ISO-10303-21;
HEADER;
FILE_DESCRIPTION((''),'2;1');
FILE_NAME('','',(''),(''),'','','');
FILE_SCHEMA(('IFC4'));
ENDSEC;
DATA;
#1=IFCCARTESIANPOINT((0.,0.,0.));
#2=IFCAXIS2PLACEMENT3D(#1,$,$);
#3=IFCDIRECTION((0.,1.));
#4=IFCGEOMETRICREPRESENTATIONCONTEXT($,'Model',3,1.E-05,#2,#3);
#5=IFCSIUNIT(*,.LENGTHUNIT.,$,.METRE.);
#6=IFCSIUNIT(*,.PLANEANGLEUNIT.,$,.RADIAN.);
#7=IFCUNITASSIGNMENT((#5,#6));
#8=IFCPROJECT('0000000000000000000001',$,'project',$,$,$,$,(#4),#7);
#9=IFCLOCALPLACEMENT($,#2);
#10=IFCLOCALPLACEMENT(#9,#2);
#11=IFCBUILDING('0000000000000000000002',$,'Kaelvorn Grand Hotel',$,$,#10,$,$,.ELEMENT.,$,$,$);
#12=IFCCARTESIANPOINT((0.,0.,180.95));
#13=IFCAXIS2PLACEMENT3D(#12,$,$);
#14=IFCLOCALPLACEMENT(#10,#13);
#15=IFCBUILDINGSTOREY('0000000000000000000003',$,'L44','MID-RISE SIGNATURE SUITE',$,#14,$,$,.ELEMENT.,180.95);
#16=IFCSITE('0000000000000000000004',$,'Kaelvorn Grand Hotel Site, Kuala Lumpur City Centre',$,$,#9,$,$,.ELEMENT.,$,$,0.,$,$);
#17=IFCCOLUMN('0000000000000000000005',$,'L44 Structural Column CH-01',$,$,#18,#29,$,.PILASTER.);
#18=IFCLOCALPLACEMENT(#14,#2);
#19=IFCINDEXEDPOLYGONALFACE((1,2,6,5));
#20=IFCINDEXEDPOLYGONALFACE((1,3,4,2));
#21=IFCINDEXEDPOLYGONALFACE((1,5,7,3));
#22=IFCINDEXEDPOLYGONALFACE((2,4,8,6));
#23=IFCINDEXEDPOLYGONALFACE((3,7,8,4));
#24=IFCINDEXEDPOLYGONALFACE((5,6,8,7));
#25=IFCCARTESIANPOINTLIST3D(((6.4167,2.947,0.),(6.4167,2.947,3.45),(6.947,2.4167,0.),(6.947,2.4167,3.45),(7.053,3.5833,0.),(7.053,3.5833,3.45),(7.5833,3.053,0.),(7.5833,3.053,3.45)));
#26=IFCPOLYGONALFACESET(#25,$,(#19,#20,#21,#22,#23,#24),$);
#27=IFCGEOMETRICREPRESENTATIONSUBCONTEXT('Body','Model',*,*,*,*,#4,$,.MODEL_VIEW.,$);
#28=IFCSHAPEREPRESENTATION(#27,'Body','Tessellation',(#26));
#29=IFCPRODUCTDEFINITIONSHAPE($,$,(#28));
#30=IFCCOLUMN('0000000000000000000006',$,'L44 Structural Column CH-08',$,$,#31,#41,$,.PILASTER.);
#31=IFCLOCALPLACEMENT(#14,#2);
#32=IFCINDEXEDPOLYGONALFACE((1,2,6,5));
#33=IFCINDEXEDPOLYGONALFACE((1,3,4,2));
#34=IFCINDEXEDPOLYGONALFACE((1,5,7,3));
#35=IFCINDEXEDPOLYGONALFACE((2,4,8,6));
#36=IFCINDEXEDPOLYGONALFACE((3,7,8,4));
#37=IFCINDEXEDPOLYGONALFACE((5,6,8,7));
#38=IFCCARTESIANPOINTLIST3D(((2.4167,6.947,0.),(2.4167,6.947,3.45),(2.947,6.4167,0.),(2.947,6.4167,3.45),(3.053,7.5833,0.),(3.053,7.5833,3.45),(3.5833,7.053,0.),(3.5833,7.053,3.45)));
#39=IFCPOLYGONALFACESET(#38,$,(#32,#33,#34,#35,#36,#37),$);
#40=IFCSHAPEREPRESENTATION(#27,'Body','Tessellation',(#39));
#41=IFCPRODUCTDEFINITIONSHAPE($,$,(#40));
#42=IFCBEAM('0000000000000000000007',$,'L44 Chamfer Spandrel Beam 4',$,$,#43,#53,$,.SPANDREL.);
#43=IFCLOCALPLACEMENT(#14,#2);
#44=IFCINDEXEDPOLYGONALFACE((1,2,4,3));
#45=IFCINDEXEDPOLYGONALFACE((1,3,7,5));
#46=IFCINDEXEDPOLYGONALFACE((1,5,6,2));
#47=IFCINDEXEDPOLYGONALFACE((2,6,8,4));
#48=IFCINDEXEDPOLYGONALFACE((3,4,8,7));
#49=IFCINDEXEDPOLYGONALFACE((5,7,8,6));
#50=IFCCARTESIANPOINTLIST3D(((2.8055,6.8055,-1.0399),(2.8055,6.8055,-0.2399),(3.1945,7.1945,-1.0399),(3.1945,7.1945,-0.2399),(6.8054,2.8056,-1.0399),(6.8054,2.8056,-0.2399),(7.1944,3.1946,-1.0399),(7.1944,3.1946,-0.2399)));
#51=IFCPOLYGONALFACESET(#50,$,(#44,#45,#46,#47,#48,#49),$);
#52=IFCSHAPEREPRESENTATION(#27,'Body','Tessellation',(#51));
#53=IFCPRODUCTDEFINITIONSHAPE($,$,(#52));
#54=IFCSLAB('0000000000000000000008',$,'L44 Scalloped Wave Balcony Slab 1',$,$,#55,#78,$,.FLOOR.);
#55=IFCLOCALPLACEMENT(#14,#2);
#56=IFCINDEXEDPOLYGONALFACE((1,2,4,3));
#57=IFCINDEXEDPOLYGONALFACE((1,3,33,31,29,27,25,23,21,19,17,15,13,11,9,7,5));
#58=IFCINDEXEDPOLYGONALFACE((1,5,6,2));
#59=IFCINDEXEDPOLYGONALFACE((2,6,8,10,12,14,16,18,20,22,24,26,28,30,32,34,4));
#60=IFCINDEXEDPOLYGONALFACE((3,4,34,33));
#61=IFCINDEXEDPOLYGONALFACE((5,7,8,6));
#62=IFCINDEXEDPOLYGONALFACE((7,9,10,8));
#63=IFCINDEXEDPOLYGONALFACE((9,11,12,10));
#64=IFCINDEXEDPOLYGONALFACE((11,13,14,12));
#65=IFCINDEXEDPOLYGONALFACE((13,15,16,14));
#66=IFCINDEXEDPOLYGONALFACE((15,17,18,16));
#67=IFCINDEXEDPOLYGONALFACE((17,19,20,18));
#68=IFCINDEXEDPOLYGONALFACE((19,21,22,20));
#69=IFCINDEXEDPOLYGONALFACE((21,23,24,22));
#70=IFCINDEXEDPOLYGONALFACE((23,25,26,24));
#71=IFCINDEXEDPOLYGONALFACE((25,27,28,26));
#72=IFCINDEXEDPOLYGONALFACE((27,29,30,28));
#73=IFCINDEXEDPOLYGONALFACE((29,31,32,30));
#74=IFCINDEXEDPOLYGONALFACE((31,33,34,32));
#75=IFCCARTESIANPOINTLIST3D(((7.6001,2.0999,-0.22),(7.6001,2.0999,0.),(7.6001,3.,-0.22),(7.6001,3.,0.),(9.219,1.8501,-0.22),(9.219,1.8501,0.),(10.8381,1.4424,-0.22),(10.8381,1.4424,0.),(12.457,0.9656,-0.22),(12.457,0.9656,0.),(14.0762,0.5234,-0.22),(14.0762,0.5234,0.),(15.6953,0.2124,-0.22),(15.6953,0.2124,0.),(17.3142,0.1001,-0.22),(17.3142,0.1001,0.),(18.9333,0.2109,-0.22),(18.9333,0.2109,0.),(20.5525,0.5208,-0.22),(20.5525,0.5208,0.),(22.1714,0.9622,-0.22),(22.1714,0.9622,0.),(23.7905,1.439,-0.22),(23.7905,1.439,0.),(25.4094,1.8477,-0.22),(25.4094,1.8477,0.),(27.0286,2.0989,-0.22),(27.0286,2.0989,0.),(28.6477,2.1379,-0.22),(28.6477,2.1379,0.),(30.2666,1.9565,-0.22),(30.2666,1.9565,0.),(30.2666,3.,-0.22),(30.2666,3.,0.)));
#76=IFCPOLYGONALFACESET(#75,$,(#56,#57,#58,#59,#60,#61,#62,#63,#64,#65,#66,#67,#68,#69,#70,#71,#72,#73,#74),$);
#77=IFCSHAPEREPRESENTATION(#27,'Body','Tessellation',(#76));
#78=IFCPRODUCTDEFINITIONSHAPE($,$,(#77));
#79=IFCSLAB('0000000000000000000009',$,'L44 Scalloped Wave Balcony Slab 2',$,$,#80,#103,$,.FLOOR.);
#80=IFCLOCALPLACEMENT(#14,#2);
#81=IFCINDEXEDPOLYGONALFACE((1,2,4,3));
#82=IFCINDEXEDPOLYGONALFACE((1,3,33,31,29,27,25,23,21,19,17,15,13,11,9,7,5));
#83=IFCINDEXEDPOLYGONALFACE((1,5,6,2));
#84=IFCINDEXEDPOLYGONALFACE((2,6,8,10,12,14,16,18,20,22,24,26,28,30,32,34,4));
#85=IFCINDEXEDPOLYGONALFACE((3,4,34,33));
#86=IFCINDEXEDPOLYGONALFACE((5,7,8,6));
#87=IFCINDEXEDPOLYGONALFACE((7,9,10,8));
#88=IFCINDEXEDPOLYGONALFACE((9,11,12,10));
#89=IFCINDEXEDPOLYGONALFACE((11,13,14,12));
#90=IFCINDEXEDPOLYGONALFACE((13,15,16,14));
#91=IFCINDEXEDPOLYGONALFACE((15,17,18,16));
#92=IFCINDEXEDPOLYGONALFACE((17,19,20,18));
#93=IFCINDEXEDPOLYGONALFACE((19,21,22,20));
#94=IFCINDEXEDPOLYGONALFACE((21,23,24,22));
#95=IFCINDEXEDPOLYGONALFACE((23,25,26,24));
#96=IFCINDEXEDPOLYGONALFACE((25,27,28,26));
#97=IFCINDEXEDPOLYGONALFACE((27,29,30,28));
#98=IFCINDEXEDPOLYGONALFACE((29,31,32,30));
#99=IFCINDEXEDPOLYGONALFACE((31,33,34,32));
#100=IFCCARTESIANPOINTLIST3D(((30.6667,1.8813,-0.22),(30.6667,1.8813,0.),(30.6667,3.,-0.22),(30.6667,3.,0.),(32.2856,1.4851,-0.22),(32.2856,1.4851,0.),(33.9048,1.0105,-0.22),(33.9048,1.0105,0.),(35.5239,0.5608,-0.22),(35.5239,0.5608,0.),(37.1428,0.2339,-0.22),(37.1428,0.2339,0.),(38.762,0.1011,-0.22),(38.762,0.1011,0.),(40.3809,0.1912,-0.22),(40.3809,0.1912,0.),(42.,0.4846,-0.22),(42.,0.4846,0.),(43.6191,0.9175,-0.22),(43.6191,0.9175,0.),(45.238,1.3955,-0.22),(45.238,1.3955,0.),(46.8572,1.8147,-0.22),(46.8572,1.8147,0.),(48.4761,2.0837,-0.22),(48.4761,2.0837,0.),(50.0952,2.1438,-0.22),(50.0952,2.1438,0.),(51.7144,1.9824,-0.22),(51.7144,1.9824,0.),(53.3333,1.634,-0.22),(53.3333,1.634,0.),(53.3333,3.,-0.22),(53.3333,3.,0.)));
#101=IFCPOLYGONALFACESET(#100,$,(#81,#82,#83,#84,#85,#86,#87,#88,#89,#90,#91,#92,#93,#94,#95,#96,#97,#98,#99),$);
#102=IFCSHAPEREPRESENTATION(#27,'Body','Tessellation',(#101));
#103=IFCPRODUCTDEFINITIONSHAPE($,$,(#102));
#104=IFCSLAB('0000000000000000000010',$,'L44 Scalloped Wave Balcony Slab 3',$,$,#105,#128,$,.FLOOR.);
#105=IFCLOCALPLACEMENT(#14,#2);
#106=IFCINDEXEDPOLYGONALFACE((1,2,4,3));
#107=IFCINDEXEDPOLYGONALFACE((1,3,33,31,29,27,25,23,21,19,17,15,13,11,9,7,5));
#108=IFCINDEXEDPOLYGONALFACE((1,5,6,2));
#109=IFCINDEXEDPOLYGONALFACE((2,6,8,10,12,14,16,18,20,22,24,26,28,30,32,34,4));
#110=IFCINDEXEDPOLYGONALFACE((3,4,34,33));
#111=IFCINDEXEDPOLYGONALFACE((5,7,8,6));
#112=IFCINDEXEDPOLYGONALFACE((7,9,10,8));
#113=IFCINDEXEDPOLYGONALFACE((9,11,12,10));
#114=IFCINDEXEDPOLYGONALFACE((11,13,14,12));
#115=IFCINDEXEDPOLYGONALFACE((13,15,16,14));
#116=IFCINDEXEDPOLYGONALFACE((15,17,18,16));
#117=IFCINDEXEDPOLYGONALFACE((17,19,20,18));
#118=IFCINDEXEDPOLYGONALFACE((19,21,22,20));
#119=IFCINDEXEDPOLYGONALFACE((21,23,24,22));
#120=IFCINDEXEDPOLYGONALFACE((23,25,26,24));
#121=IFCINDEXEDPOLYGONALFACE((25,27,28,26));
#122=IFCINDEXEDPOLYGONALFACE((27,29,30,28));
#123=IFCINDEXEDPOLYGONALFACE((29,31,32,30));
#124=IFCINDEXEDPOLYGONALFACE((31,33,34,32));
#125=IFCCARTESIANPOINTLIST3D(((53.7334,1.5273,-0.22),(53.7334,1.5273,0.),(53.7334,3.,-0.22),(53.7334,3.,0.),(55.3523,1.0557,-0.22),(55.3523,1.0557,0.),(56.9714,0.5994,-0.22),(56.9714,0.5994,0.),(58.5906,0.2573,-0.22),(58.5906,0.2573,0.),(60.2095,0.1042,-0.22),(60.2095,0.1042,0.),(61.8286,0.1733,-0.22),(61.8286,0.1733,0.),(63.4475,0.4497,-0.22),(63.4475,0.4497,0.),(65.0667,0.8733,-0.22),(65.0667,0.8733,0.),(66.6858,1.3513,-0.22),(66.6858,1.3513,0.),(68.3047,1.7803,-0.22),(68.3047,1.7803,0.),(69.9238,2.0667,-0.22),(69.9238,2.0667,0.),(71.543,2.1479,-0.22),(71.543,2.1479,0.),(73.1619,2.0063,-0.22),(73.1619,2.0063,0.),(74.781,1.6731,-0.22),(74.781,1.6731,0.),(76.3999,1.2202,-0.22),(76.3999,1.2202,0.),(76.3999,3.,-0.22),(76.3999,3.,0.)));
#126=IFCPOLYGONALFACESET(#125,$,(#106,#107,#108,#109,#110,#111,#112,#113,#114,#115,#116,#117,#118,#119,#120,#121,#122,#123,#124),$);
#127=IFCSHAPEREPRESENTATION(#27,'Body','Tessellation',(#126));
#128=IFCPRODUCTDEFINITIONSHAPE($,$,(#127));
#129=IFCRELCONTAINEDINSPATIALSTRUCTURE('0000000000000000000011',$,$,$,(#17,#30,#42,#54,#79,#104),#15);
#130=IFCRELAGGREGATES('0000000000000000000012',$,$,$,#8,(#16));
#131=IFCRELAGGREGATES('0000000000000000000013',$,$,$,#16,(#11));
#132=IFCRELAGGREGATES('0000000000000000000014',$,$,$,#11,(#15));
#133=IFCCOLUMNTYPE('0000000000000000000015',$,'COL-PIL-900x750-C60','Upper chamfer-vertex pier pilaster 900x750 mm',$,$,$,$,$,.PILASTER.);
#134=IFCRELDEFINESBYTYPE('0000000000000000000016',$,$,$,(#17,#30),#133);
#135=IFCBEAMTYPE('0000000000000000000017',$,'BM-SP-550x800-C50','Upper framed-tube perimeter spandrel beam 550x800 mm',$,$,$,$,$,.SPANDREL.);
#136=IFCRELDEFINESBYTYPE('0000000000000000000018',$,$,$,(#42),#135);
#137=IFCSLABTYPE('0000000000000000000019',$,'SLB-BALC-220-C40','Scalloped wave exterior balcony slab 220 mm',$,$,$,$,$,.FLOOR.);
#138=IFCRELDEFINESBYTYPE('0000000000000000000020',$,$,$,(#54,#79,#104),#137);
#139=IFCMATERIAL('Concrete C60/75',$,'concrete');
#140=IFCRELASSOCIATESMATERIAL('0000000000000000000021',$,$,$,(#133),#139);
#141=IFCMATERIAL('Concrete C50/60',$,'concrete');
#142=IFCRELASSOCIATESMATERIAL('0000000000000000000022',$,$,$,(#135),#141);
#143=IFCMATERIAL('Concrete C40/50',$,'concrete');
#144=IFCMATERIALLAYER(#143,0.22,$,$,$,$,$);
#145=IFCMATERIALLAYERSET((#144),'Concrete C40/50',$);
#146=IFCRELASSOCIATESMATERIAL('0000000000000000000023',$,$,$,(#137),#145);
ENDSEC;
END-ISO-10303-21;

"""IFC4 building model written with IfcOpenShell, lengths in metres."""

from ifc_helpers import new_model, si_unit, direction, frame, origin, origin_2d, place, context, subcontext, project, spatial, polyline, rectangle, outline, extrude, material, layer, layer_set, material_profile, profile_set, type_object, element, save


model = new_model("IFC4")

# Units and contexts
model_context = context("Model", 3, precision=1e-05, world=origin(), true_north=direction((0.0, 1.0)))
body_context = subcontext(model_context, "Body", "Model", "MODEL_VIEW")
ifc_project = project(units=[si_unit("LENGTHUNIT", "METRE"), si_unit("PLANEANGLEUNIT", "RADIAN")], contexts=[model_context])

# Site, building, storey
site_placement = place(None, origin())
site = spatial("IfcSite", under=ifc_project, at=site_placement, Name="Kaelvorn Grand Hotel Site, Kuala Lumpur City Centre", CompositionType="ELEMENT", RefElevation=0.0)
building_placement = place(site_placement, origin())
building = spatial("IfcBuilding", under=site, at=building_placement, Name="Kaelvorn Grand Hotel", CompositionType="ELEMENT")
storey_placement = place(building_placement, frame((0.0, 0.0, 180.95)))
storey = spatial("IfcBuildingStorey", under=building, at=storey_placement, Name="L44", Description="MID-RISE SIGNATURE SUITE", CompositionType="ELEMENT", Elevation=180.95)

# Columns
ifc_material_1 = material(Name="Concrete C60/75", Category="concrete")
ifc_material_profile_1 = material_profile(ifc_material_1, rectangle(XDim=0.8999, YDim=0.75, at=origin_2d()), Name="RC PILASTER 900x750")
ifc_profile_set_1 = profile_set([ifc_material_profile_1], Name="Concrete C60/75")
column_type = type_object("IfcColumnType", Name="COL-PIL-900x750-C60", Description="Upper chamfer-vertex pier pilaster 900x750 mm", PredefinedType="PILASTER", material=ifc_profile_set_1)
for number, where, z_axis, x_axis, name in (
    (1, (7.0, 3.0, 0.0), (0.0, 0.0, 1.0), (0.707107, 0.707107, 0.0), "L44 Structural Column CH-01"),
    (2, (3.0, 7.0, 0.0), (0.0, 0.0, 1.0), (0.707107, 0.707107, 0.0), "L44 Structural Column CH-08"),
):
    element("IfcColumn", number, at=place(storey_placement, frame(where, z_axis=z_axis, x_axis=x_axis)), inside=storey, type_object=column_type, Name=name, PredefinedType="PILASTER", context=body_context, shape_type="SweptSolid", body=[
        extrude(rectangle(XDim=0.8999, YDim=0.75, at=origin_2d()), origin(), (0.0, 0.0, 1.0), 3.45),
    ])

# Beam
ifc_material_2 = material(Name="Concrete C50/60", Category="concrete")
ifc_material_profile_2 = material_profile(ifc_material_2, rectangle(XDim=0.55, YDim=0.8, at=origin_2d()), Name="RC SPANDREL 550x800")
ifc_profile_set_2 = profile_set([ifc_material_profile_2], Name="Concrete C50/60")
beam_type = type_object("IfcBeamType", Name="BM-SP-550x800-C50", Description="Upper framed-tube perimeter spandrel beam 550x800 mm", PredefinedType="SPANDREL", material=ifc_profile_set_2)
beam_placement = place(storey_placement, frame((3.0, 7.0, -0.6399), z_axis=(0.707107, -0.707107, 0.0), x_axis=(0.707107, 0.707107, 0.0)))
element("IfcBeam", 3, at=beam_placement, inside=storey, type_object=beam_type, Name="L44 Chamfer Spandrel Beam 4", PredefinedType="SPANDREL", context=body_context, shape_type="SweptSolid", body=[
    extrude(rectangle(XDim=0.55, YDim=0.8, at=origin_2d()), origin(), (0.0, 0.0, 1.0), 5.6567),
])

# Slabs
ifc_material_3 = material(Name="Concrete C40/50", Category="concrete")
ifc_layer_1 = layer(ifc_material_3, 0.22)
ifc_layer_set_1 = layer_set([ifc_layer_1], Name="Concrete C40/50")
slab_type_1 = type_object("IfcSlabType", Name="SLB-BALC-220-C40", Description="Scalloped wave exterior balcony slab 220 mm", PredefinedType="FLOOR", material=ifc_layer_set_1)
slab_1_placement = place(storey_placement, frame((0.0, 0.0, -0.22)))
element("IfcSlab", 4, at=slab_1_placement, inside=storey, type_object=slab_type_1, Name="L44 Scalloped Wave Balcony Slab 1", PredefinedType="FLOOR", context=body_context, shape_type="SweptSolid", body=[
    extrude(outline(polyline([(7.6001, 2.0999), (9.219, 1.8501), (10.8381, 1.4424), (12.457, 0.9656), (14.0762, 0.5234), (15.6953, 0.2124), (17.3142, 0.1001), (18.9333, 0.2109), (20.5525, 0.5208), (22.1714, 0.9622), (23.7905, 1.439), (25.4094, 1.8477), (27.0286, 2.0989), (28.6477, 2.1379), (30.2666, 1.9565), (30.2666, 3.0), (7.6001, 3.0), (7.6001, 2.0999)])), origin(), (0.0, 0.0, 1.0), 0.22),
])
slab_2_placement = place(storey_placement, frame((0.0, 0.0, -0.22)))
element("IfcSlab", 5, at=slab_2_placement, inside=storey, type_object=slab_type_1, Name="L44 Scalloped Wave Balcony Slab 2", PredefinedType="FLOOR", context=body_context, shape_type="SweptSolid", body=[
    extrude(outline(polyline([(30.6667, 1.8813), (32.2856, 1.4851), (33.9048, 1.0105), (35.5239, 0.5608), (37.1428, 0.2339), (38.762, 0.1011), (40.3809, 0.1912), (42.0, 0.4846), (43.6191, 0.9175), (45.238, 1.3955), (46.8572, 1.8147), (48.4761, 2.0837), (50.0952, 2.1438), (51.7144, 1.9824), (53.3333, 1.634), (53.3333, 3.0), (30.6667, 3.0), (30.6667, 1.8813)])), origin(), (0.0, 0.0, 1.0), 0.22),
])
slab_3_placement = place(storey_placement, frame((0.0, 0.0, -0.22)))
element("IfcSlab", 6, at=slab_3_placement, inside=storey, type_object=slab_type_1, Name="L44 Scalloped Wave Balcony Slab 3", PredefinedType="FLOOR", context=body_context, shape_type="SweptSolid", body=[
    extrude(outline(polyline([(53.7334, 1.5273), (55.3523, 1.0557), (56.9714, 0.5994), (58.5906, 0.2573), (60.2095, 0.1042), (61.8286, 0.1733), (63.4475, 0.4497), (65.0667, 0.8733), (66.6858, 1.3513), (68.3047, 1.7803), (69.9238, 2.0667), (71.543, 2.1479), (73.1619, 2.0063), (74.781, 1.6731), (76.3999, 1.2202), (76.3999, 3.0), (53.7334, 3.0), (53.7334, 1.5273)])), origin(), (0.0, 0.0, 1.0), 0.22),
])

save(model, "model.ifc")
